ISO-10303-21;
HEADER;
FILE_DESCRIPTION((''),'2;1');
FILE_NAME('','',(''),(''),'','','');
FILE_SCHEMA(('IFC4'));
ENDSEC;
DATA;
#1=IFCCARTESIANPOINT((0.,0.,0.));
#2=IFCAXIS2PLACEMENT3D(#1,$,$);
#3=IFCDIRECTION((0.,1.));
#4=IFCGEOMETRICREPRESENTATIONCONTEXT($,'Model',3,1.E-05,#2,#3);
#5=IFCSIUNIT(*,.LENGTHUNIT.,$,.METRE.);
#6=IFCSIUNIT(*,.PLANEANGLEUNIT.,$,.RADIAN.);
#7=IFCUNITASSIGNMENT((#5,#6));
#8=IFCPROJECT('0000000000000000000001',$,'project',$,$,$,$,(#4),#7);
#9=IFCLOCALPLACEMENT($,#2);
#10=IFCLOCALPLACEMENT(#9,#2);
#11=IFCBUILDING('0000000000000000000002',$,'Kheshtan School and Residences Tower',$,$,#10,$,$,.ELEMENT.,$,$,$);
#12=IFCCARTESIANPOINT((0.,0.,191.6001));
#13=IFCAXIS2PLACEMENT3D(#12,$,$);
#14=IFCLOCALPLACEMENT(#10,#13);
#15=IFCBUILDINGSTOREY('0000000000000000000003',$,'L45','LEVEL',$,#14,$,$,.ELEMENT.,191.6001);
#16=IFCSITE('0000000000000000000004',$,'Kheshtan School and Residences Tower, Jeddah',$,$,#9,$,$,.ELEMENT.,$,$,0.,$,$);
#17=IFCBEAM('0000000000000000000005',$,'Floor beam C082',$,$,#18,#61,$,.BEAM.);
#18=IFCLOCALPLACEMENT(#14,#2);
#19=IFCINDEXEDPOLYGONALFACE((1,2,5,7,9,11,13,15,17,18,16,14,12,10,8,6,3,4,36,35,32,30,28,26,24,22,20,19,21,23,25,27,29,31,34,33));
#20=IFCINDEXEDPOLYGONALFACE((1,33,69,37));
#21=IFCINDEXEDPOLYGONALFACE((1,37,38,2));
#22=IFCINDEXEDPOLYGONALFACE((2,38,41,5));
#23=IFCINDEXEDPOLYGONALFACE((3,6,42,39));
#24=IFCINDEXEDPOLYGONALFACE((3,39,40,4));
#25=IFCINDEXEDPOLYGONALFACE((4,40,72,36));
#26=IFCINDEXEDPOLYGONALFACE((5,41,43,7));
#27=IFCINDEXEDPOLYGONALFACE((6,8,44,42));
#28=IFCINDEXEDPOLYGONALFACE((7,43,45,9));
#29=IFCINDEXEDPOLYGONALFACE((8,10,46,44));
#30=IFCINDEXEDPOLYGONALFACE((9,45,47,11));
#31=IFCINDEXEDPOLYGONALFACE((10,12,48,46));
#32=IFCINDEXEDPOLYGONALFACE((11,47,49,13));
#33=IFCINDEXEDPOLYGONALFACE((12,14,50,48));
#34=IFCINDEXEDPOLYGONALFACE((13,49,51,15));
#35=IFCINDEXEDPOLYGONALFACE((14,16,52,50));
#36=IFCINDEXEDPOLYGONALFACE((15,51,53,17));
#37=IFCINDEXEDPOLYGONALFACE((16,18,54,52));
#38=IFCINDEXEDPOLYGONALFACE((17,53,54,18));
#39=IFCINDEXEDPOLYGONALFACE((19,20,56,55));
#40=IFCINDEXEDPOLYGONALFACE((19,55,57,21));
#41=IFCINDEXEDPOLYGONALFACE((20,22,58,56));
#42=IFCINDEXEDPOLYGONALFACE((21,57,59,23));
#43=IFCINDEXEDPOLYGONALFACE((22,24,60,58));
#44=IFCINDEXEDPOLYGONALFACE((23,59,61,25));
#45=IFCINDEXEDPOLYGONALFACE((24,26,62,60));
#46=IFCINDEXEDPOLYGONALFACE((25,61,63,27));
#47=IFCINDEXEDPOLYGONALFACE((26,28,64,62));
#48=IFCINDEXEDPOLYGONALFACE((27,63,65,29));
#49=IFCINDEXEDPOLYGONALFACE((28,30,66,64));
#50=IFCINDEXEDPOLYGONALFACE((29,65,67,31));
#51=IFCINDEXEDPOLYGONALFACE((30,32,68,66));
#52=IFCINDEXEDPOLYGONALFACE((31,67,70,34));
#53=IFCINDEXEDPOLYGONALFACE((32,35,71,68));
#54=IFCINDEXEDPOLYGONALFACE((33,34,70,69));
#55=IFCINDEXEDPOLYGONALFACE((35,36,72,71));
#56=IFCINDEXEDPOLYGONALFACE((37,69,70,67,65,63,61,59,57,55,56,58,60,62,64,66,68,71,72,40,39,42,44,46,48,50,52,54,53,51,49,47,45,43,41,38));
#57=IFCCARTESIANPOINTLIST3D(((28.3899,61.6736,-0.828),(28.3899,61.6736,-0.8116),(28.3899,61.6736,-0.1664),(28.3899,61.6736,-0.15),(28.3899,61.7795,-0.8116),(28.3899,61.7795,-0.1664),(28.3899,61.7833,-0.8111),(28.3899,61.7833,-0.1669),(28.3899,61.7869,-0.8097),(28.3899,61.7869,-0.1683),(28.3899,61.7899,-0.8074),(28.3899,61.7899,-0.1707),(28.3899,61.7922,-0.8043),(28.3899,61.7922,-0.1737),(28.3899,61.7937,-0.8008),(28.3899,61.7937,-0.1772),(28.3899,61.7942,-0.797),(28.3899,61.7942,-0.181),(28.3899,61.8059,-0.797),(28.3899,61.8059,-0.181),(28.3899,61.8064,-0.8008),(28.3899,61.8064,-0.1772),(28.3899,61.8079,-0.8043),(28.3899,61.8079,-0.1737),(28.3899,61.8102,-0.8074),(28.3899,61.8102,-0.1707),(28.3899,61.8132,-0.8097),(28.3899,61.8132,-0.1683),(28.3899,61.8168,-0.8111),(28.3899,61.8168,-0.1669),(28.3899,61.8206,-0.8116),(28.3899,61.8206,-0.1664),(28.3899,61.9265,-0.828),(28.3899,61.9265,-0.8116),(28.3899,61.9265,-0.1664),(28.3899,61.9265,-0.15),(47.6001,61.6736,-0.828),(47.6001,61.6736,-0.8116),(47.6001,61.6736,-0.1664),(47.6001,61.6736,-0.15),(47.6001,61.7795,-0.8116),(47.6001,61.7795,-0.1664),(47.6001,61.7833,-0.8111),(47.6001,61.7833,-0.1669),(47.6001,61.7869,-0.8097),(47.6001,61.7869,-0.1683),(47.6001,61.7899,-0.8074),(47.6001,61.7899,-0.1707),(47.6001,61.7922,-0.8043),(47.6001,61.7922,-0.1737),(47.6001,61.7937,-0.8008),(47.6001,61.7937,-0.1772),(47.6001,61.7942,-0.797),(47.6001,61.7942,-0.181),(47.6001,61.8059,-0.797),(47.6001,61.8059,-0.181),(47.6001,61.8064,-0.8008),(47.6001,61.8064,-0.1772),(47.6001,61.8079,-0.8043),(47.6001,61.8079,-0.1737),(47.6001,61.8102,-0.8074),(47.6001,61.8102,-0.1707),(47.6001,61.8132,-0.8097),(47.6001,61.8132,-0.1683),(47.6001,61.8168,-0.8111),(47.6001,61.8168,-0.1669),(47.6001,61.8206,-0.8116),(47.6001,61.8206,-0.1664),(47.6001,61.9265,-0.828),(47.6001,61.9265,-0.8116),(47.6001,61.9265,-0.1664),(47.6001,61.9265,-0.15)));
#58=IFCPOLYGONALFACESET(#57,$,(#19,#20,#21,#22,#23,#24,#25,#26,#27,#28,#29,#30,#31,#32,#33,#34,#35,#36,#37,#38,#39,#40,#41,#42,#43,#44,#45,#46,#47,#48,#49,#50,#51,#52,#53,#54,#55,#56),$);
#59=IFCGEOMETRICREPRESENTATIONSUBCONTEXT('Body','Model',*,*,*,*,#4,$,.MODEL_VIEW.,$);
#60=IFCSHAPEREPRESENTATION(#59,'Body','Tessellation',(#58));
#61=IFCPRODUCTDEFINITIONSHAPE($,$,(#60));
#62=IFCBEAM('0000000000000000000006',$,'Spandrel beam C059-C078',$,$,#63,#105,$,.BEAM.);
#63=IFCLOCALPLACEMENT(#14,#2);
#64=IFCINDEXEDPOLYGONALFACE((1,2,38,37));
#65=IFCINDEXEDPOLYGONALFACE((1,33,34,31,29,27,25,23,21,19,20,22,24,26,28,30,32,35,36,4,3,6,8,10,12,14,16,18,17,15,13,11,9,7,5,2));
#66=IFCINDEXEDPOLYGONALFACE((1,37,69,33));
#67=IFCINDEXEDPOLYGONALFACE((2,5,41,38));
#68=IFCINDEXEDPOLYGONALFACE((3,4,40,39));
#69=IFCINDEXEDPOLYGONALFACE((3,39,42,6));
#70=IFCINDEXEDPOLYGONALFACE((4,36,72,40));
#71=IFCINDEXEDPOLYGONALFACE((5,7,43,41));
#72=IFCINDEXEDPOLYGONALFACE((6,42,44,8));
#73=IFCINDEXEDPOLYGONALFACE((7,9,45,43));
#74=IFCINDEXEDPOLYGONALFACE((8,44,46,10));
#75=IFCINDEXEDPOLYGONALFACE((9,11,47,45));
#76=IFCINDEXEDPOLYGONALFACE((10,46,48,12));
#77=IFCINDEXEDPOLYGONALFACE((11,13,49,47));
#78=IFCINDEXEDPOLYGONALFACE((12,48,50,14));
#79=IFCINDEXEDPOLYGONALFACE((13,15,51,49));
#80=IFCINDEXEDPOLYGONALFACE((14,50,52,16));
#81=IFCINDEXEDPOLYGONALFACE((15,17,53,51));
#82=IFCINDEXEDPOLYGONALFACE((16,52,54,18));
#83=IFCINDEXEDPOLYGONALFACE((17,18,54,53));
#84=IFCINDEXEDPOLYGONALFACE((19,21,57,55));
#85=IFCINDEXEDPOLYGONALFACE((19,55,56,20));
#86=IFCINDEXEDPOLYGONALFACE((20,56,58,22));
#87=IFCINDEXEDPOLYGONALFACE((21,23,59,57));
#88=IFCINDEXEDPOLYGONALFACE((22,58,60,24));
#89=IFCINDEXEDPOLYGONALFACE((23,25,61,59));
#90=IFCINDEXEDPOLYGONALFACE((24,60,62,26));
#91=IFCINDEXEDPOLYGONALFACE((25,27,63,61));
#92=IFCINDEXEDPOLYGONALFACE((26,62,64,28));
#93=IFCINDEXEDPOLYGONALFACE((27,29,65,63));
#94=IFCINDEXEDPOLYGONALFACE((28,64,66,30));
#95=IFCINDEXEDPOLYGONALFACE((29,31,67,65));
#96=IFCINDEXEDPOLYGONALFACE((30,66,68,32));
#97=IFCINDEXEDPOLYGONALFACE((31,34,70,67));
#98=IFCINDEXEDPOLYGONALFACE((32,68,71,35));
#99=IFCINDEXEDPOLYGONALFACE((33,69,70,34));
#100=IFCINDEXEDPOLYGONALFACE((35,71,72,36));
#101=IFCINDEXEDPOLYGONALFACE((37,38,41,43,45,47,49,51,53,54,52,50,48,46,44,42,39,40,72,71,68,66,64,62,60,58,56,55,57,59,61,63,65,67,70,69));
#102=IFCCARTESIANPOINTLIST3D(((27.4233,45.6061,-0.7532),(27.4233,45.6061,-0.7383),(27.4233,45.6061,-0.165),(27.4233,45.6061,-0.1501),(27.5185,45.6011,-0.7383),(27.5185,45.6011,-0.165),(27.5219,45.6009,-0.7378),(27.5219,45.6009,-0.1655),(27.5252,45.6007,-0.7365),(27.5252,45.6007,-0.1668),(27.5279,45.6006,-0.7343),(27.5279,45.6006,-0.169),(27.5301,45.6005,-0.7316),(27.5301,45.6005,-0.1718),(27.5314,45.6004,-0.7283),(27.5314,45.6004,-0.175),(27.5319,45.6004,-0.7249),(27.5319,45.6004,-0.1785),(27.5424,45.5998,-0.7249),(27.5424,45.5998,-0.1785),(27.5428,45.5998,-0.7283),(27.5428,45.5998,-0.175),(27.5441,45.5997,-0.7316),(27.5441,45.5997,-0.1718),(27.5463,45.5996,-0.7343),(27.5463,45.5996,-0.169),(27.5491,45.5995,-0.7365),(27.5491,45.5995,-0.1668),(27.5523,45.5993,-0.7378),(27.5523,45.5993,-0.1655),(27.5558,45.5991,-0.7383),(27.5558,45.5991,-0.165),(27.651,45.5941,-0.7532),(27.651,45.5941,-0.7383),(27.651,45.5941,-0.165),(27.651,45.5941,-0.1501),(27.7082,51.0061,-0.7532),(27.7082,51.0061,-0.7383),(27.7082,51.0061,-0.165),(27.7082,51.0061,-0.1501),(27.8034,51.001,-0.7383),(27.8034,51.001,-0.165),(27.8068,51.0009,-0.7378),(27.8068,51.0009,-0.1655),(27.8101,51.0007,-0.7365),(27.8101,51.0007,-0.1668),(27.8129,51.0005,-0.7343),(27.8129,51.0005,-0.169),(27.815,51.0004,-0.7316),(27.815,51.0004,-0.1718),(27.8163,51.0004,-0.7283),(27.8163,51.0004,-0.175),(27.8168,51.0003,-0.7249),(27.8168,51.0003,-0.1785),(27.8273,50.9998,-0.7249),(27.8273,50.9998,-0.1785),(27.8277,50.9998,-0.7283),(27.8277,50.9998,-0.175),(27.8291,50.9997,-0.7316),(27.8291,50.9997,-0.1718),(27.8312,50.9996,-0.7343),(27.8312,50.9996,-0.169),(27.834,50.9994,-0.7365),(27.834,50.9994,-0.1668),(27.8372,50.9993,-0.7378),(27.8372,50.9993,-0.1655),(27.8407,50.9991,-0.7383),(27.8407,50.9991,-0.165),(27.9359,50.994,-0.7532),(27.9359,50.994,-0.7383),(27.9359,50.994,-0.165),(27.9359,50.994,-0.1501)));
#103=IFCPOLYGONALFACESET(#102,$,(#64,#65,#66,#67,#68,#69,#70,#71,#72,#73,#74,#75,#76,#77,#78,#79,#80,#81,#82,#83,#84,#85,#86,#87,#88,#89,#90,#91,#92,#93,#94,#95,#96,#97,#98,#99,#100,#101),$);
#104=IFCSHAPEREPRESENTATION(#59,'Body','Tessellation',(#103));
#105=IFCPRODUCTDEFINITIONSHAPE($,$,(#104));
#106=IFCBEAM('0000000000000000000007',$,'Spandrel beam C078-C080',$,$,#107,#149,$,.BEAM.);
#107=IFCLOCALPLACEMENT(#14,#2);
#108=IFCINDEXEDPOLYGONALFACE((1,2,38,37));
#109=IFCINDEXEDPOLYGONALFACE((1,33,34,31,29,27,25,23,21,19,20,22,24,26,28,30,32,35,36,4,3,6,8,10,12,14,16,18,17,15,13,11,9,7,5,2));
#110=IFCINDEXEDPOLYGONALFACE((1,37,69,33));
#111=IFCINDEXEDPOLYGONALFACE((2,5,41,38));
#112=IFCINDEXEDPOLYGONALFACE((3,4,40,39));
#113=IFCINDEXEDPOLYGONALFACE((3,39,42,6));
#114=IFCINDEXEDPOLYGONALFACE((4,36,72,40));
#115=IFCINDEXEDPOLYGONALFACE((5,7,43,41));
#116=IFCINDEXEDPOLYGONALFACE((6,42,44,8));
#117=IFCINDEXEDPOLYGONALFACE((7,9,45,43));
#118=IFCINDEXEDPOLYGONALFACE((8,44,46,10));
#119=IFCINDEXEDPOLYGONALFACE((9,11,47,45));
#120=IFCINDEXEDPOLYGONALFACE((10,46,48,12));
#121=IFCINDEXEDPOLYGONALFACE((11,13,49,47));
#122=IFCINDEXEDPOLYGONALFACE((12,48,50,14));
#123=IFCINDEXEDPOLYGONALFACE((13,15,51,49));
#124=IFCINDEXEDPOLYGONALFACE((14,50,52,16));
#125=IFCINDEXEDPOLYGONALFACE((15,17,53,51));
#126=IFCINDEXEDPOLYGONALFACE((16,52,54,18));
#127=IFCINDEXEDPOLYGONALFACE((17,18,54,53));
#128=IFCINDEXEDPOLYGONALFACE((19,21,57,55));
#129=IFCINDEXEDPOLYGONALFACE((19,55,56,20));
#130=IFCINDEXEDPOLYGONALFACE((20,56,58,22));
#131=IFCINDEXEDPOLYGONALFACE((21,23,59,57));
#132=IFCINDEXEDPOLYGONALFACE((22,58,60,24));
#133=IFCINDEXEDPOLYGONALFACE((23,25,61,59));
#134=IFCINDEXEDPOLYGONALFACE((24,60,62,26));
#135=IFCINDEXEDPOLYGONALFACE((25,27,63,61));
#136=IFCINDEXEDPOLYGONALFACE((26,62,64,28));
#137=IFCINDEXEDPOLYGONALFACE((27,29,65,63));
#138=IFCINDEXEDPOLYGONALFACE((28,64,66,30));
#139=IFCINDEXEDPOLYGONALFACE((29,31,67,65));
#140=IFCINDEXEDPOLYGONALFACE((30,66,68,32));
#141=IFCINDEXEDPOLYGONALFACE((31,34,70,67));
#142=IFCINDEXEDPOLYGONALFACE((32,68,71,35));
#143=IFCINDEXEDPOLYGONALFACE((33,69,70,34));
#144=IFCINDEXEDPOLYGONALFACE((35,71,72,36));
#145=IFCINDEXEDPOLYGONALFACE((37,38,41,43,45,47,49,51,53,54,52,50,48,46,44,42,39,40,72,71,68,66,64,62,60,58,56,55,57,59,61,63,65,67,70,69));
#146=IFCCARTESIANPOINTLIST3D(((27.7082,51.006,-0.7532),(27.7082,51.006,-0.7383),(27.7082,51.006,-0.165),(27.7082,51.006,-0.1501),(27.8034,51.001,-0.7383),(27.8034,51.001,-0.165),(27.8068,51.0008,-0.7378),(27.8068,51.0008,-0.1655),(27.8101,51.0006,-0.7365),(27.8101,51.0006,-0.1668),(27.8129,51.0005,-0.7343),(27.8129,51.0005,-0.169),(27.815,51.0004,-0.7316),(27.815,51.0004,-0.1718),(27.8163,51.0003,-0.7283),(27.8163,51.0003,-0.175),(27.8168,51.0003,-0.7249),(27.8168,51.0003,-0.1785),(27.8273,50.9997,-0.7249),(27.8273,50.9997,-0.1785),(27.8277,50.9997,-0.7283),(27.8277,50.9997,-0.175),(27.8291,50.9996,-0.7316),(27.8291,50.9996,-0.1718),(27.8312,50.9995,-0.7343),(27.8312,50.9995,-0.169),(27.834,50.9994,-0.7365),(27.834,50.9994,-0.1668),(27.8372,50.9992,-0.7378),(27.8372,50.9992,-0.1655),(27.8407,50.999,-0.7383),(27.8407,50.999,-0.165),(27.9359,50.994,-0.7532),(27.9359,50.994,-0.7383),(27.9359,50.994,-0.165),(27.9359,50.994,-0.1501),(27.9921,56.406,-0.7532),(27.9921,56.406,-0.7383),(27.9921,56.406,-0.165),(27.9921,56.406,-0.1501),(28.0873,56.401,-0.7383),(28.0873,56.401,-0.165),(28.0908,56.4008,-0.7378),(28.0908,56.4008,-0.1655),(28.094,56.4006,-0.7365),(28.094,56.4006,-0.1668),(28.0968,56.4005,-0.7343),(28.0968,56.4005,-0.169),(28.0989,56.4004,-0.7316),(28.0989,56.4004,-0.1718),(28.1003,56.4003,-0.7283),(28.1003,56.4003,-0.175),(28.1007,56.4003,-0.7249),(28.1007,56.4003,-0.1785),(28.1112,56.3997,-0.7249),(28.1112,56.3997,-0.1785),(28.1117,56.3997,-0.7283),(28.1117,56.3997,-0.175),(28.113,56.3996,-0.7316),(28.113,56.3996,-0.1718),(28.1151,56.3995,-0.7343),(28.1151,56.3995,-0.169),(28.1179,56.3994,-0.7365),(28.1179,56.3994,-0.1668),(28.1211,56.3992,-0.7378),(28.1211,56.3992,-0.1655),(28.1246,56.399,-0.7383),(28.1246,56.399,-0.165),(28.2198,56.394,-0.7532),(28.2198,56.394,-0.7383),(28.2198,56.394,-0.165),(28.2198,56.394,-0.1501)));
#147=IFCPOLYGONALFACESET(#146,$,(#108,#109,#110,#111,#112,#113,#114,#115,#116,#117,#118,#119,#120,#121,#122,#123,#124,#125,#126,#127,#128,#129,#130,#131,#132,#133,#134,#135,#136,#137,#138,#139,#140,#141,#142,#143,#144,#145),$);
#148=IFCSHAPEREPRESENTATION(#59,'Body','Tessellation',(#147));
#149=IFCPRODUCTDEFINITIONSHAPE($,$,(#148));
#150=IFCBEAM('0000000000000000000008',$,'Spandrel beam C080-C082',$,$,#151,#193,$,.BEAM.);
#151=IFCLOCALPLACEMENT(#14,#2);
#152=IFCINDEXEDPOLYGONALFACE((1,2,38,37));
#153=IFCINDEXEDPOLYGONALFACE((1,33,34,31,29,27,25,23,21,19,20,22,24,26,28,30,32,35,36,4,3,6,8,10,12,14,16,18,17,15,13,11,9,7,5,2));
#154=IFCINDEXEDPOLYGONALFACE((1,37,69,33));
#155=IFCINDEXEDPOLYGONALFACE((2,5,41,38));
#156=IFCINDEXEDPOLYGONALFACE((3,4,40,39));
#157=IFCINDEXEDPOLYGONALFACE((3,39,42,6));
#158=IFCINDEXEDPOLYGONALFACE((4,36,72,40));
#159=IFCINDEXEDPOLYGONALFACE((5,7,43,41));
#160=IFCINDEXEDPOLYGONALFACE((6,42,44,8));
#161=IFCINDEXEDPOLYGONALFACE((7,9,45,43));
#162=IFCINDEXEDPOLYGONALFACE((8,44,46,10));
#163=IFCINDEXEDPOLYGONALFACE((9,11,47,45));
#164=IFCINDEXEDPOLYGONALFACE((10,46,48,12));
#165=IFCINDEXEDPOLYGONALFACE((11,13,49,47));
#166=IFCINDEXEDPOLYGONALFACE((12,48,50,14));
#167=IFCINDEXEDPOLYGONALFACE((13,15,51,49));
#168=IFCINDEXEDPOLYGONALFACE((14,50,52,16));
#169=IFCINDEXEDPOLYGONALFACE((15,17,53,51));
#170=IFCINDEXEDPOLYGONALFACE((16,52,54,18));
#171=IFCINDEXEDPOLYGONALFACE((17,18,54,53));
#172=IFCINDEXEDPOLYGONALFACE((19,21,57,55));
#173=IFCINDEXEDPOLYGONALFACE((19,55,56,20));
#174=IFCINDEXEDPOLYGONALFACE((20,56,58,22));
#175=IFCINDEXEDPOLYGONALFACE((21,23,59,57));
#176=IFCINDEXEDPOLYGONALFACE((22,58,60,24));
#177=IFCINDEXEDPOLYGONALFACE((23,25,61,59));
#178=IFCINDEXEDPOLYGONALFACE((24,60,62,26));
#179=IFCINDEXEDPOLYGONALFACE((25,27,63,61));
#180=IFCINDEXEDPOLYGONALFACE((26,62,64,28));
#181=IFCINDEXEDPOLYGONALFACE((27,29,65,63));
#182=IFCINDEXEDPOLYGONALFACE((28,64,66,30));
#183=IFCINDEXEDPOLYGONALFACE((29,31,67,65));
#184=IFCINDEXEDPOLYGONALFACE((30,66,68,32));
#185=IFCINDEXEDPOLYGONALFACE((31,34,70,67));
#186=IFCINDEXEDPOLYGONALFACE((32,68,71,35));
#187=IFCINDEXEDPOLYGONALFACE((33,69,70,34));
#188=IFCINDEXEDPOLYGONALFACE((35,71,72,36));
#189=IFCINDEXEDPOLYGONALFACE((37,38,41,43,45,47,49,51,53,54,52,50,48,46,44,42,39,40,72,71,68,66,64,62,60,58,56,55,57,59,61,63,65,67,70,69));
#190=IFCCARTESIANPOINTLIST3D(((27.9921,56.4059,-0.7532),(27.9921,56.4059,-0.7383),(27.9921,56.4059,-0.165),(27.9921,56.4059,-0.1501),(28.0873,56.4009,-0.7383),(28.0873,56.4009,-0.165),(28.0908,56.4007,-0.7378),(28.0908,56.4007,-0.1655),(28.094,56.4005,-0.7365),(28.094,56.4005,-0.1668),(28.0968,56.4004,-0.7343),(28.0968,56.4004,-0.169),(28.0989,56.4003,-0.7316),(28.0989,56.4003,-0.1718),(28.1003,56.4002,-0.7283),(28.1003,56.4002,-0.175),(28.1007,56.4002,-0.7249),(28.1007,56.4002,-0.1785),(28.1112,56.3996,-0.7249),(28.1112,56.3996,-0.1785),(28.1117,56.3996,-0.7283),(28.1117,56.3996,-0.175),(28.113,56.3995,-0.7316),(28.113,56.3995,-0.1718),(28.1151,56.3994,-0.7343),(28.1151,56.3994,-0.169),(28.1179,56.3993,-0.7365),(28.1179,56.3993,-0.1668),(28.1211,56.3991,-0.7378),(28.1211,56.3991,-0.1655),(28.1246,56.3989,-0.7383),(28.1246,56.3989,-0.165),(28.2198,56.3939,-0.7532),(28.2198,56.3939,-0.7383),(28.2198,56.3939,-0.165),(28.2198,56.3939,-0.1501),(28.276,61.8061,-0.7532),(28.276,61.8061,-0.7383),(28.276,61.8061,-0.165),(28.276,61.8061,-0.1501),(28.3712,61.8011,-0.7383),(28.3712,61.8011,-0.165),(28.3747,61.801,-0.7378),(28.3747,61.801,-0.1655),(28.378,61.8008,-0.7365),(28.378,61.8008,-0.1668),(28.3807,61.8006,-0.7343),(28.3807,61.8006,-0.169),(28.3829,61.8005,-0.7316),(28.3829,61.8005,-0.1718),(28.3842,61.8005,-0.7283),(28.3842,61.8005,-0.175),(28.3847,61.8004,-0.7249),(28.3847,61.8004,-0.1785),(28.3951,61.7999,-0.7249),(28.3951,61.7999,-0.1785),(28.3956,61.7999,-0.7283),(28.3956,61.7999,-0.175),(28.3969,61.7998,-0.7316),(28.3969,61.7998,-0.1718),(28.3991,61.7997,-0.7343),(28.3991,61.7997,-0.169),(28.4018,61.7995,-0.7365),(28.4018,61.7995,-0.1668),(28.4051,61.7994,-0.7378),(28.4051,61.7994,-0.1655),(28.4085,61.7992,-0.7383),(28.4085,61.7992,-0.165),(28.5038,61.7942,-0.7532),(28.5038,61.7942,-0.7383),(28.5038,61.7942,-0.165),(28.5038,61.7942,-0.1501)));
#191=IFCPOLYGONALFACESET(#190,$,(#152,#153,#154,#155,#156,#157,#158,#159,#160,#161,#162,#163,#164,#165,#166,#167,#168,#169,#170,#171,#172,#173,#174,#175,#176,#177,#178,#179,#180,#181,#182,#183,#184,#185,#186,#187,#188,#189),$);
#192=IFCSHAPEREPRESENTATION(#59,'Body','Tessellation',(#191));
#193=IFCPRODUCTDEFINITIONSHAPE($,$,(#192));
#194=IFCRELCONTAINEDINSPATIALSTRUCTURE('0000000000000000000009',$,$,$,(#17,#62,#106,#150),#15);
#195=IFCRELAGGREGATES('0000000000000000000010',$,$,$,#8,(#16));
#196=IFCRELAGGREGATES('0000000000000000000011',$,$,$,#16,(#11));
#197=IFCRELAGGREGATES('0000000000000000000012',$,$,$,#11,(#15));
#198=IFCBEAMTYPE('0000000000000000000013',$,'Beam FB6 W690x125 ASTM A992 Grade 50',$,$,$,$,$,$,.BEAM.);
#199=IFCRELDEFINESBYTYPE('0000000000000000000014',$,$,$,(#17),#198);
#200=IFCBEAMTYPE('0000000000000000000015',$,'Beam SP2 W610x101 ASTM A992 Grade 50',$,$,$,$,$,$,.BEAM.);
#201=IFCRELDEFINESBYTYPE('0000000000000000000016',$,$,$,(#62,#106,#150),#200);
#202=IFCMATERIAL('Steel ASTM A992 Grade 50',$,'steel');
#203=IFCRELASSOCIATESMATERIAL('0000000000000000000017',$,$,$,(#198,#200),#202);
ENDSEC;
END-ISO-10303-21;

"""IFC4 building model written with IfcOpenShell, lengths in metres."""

from ifc_helpers import new_model, si_unit, direction, frame, origin, origin_2d, place, context, subcontext, project, spatial, i_section, extrude, material, material_profile, profile_set, type_object, element, save


model = new_model("IFC4")

# Units and contexts
model_context = context("Model", 3, precision=1e-05, world=origin(), true_north=direction((0.0, 1.0)))
body_context = subcontext(model_context, "Body", "Model", "MODEL_VIEW")
ifc_project = project(units=[si_unit("LENGTHUNIT", "METRE"), si_unit("PLANEANGLEUNIT", "RADIAN")], contexts=[model_context])

# Site, building, storey
site_placement = place(None, origin())
site = spatial("IfcSite", under=ifc_project, at=site_placement, Name="Kheshtan School and Residences Tower, Jeddah", CompositionType="ELEMENT", RefElevation=0.0)
building_placement = place(site_placement, origin())
building = spatial("IfcBuilding", under=site, at=building_placement, Name="Kheshtan School and Residences Tower", CompositionType="ELEMENT")
storey_placement = place(building_placement, frame((0.0, 0.0, 191.6001)))
storey = spatial("IfcBuildingStorey", under=building, at=storey_placement, Name="L45", Description="LEVEL", CompositionType="ELEMENT", Elevation=191.6001)

# Shared definitions
ifc_material_1 = material(Name="Steel ASTM A992 Grade 50", Category="steel")

# Beams
ifc_material_profile_1 = material_profile(ifc_material_1, i_section(OverallWidth=0.2529, OverallDepth=0.678, WebThickness=0.0117, FlangeThickness=0.0164, FilletRadius=0.0146, at=origin_2d()), Name="W690x125")
ifc_profile_set_1 = profile_set([ifc_material_profile_1], Name="Steel ASTM A992 Grade 50")
beam_type_1 = type_object("IfcBeamType", Name="Beam FB6 W690x125 ASTM A992 Grade 50", PredefinedType="BEAM", material=ifc_profile_set_1)
beam_1_placement = place(storey_placement, frame((28.3899, 61.8, -0.489), z_axis=(1.0, 0.0, 0.0), x_axis=(0.0, 1.0, 0.0)))
element("IfcBeam", 1, at=beam_1_placement, inside=storey, type_object=beam_type_1, Name="Floor beam C082", PredefinedType="BEAM", context=body_context, shape_type="SweptSolid", body=[
    extrude(i_section(OverallWidth=0.2529, OverallDepth=0.678, WebThickness=0.0117, FlangeThickness=0.0164, FilletRadius=0.0146, at=origin_2d()), origin(), (0.0, 0.0, 1.0), 19.2102),
])
ifc_material_profile_2 = material_profile(ifc_material_1, i_section(OverallWidth=0.228, OverallDepth=0.603, WebThickness=0.0105, FlangeThickness=0.0149, FilletRadius=0.0134, at=origin_2d()), Name="W610x101")
ifc_profile_set_2 = profile_set([ifc_material_profile_2], Name="Steel ASTM A992 Grade 50")
beam_type_2 = type_object("IfcBeamType", Name="Beam SP2 W610x101 ASTM A992 Grade 50", PredefinedType="BEAM", material=ifc_profile_set_2)
for number, where, z_axis, x_axis, name in (
    (2, (27.5371, 45.6001, -0.4517), (0.052689, 0.998611, 0.0), (-0.998611, 0.052689, 0.0), "Spandrel beam C059-C078"),
    (3, (27.822, 51.0, -0.4517), (0.052509, 0.99862, 0.0), (-0.99862, 0.052509, 0.0), "Spandrel beam C078-C080"),
):
    element("IfcBeam", number, at=place(storey_placement, frame(where, z_axis=z_axis, x_axis=x_axis)), inside=storey, type_object=beam_type_2, Name=name, PredefinedType="BEAM", context=body_context, shape_type="SweptSolid", body=[
        extrude(i_section(OverallWidth=0.228, OverallDepth=0.603, WebThickness=0.0105, FlangeThickness=0.0149, FilletRadius=0.0134, at=origin_2d()), origin(), (0.0, 0.0, 1.0), 5.4075),
    ])
beam_2_placement = place(storey_placement, frame((28.106, 56.3999, -0.4517), z_axis=(0.052507, 0.998621, 0.0), x_axis=(-0.998621, 0.052507, 0.0)))
element("IfcBeam", 4, at=beam_2_placement, inside=storey, type_object=beam_type_2, Name="Spandrel beam C080-C082", PredefinedType="BEAM", context=body_context, shape_type="SweptSolid", body=[
    extrude(i_section(OverallWidth=0.228, OverallDepth=0.603, WebThickness=0.0105, FlangeThickness=0.0149, FilletRadius=0.0134, at=origin_2d()), origin(), (0.0, 0.0, 1.0), 5.4077),
])

save(model, "model.ifc")
